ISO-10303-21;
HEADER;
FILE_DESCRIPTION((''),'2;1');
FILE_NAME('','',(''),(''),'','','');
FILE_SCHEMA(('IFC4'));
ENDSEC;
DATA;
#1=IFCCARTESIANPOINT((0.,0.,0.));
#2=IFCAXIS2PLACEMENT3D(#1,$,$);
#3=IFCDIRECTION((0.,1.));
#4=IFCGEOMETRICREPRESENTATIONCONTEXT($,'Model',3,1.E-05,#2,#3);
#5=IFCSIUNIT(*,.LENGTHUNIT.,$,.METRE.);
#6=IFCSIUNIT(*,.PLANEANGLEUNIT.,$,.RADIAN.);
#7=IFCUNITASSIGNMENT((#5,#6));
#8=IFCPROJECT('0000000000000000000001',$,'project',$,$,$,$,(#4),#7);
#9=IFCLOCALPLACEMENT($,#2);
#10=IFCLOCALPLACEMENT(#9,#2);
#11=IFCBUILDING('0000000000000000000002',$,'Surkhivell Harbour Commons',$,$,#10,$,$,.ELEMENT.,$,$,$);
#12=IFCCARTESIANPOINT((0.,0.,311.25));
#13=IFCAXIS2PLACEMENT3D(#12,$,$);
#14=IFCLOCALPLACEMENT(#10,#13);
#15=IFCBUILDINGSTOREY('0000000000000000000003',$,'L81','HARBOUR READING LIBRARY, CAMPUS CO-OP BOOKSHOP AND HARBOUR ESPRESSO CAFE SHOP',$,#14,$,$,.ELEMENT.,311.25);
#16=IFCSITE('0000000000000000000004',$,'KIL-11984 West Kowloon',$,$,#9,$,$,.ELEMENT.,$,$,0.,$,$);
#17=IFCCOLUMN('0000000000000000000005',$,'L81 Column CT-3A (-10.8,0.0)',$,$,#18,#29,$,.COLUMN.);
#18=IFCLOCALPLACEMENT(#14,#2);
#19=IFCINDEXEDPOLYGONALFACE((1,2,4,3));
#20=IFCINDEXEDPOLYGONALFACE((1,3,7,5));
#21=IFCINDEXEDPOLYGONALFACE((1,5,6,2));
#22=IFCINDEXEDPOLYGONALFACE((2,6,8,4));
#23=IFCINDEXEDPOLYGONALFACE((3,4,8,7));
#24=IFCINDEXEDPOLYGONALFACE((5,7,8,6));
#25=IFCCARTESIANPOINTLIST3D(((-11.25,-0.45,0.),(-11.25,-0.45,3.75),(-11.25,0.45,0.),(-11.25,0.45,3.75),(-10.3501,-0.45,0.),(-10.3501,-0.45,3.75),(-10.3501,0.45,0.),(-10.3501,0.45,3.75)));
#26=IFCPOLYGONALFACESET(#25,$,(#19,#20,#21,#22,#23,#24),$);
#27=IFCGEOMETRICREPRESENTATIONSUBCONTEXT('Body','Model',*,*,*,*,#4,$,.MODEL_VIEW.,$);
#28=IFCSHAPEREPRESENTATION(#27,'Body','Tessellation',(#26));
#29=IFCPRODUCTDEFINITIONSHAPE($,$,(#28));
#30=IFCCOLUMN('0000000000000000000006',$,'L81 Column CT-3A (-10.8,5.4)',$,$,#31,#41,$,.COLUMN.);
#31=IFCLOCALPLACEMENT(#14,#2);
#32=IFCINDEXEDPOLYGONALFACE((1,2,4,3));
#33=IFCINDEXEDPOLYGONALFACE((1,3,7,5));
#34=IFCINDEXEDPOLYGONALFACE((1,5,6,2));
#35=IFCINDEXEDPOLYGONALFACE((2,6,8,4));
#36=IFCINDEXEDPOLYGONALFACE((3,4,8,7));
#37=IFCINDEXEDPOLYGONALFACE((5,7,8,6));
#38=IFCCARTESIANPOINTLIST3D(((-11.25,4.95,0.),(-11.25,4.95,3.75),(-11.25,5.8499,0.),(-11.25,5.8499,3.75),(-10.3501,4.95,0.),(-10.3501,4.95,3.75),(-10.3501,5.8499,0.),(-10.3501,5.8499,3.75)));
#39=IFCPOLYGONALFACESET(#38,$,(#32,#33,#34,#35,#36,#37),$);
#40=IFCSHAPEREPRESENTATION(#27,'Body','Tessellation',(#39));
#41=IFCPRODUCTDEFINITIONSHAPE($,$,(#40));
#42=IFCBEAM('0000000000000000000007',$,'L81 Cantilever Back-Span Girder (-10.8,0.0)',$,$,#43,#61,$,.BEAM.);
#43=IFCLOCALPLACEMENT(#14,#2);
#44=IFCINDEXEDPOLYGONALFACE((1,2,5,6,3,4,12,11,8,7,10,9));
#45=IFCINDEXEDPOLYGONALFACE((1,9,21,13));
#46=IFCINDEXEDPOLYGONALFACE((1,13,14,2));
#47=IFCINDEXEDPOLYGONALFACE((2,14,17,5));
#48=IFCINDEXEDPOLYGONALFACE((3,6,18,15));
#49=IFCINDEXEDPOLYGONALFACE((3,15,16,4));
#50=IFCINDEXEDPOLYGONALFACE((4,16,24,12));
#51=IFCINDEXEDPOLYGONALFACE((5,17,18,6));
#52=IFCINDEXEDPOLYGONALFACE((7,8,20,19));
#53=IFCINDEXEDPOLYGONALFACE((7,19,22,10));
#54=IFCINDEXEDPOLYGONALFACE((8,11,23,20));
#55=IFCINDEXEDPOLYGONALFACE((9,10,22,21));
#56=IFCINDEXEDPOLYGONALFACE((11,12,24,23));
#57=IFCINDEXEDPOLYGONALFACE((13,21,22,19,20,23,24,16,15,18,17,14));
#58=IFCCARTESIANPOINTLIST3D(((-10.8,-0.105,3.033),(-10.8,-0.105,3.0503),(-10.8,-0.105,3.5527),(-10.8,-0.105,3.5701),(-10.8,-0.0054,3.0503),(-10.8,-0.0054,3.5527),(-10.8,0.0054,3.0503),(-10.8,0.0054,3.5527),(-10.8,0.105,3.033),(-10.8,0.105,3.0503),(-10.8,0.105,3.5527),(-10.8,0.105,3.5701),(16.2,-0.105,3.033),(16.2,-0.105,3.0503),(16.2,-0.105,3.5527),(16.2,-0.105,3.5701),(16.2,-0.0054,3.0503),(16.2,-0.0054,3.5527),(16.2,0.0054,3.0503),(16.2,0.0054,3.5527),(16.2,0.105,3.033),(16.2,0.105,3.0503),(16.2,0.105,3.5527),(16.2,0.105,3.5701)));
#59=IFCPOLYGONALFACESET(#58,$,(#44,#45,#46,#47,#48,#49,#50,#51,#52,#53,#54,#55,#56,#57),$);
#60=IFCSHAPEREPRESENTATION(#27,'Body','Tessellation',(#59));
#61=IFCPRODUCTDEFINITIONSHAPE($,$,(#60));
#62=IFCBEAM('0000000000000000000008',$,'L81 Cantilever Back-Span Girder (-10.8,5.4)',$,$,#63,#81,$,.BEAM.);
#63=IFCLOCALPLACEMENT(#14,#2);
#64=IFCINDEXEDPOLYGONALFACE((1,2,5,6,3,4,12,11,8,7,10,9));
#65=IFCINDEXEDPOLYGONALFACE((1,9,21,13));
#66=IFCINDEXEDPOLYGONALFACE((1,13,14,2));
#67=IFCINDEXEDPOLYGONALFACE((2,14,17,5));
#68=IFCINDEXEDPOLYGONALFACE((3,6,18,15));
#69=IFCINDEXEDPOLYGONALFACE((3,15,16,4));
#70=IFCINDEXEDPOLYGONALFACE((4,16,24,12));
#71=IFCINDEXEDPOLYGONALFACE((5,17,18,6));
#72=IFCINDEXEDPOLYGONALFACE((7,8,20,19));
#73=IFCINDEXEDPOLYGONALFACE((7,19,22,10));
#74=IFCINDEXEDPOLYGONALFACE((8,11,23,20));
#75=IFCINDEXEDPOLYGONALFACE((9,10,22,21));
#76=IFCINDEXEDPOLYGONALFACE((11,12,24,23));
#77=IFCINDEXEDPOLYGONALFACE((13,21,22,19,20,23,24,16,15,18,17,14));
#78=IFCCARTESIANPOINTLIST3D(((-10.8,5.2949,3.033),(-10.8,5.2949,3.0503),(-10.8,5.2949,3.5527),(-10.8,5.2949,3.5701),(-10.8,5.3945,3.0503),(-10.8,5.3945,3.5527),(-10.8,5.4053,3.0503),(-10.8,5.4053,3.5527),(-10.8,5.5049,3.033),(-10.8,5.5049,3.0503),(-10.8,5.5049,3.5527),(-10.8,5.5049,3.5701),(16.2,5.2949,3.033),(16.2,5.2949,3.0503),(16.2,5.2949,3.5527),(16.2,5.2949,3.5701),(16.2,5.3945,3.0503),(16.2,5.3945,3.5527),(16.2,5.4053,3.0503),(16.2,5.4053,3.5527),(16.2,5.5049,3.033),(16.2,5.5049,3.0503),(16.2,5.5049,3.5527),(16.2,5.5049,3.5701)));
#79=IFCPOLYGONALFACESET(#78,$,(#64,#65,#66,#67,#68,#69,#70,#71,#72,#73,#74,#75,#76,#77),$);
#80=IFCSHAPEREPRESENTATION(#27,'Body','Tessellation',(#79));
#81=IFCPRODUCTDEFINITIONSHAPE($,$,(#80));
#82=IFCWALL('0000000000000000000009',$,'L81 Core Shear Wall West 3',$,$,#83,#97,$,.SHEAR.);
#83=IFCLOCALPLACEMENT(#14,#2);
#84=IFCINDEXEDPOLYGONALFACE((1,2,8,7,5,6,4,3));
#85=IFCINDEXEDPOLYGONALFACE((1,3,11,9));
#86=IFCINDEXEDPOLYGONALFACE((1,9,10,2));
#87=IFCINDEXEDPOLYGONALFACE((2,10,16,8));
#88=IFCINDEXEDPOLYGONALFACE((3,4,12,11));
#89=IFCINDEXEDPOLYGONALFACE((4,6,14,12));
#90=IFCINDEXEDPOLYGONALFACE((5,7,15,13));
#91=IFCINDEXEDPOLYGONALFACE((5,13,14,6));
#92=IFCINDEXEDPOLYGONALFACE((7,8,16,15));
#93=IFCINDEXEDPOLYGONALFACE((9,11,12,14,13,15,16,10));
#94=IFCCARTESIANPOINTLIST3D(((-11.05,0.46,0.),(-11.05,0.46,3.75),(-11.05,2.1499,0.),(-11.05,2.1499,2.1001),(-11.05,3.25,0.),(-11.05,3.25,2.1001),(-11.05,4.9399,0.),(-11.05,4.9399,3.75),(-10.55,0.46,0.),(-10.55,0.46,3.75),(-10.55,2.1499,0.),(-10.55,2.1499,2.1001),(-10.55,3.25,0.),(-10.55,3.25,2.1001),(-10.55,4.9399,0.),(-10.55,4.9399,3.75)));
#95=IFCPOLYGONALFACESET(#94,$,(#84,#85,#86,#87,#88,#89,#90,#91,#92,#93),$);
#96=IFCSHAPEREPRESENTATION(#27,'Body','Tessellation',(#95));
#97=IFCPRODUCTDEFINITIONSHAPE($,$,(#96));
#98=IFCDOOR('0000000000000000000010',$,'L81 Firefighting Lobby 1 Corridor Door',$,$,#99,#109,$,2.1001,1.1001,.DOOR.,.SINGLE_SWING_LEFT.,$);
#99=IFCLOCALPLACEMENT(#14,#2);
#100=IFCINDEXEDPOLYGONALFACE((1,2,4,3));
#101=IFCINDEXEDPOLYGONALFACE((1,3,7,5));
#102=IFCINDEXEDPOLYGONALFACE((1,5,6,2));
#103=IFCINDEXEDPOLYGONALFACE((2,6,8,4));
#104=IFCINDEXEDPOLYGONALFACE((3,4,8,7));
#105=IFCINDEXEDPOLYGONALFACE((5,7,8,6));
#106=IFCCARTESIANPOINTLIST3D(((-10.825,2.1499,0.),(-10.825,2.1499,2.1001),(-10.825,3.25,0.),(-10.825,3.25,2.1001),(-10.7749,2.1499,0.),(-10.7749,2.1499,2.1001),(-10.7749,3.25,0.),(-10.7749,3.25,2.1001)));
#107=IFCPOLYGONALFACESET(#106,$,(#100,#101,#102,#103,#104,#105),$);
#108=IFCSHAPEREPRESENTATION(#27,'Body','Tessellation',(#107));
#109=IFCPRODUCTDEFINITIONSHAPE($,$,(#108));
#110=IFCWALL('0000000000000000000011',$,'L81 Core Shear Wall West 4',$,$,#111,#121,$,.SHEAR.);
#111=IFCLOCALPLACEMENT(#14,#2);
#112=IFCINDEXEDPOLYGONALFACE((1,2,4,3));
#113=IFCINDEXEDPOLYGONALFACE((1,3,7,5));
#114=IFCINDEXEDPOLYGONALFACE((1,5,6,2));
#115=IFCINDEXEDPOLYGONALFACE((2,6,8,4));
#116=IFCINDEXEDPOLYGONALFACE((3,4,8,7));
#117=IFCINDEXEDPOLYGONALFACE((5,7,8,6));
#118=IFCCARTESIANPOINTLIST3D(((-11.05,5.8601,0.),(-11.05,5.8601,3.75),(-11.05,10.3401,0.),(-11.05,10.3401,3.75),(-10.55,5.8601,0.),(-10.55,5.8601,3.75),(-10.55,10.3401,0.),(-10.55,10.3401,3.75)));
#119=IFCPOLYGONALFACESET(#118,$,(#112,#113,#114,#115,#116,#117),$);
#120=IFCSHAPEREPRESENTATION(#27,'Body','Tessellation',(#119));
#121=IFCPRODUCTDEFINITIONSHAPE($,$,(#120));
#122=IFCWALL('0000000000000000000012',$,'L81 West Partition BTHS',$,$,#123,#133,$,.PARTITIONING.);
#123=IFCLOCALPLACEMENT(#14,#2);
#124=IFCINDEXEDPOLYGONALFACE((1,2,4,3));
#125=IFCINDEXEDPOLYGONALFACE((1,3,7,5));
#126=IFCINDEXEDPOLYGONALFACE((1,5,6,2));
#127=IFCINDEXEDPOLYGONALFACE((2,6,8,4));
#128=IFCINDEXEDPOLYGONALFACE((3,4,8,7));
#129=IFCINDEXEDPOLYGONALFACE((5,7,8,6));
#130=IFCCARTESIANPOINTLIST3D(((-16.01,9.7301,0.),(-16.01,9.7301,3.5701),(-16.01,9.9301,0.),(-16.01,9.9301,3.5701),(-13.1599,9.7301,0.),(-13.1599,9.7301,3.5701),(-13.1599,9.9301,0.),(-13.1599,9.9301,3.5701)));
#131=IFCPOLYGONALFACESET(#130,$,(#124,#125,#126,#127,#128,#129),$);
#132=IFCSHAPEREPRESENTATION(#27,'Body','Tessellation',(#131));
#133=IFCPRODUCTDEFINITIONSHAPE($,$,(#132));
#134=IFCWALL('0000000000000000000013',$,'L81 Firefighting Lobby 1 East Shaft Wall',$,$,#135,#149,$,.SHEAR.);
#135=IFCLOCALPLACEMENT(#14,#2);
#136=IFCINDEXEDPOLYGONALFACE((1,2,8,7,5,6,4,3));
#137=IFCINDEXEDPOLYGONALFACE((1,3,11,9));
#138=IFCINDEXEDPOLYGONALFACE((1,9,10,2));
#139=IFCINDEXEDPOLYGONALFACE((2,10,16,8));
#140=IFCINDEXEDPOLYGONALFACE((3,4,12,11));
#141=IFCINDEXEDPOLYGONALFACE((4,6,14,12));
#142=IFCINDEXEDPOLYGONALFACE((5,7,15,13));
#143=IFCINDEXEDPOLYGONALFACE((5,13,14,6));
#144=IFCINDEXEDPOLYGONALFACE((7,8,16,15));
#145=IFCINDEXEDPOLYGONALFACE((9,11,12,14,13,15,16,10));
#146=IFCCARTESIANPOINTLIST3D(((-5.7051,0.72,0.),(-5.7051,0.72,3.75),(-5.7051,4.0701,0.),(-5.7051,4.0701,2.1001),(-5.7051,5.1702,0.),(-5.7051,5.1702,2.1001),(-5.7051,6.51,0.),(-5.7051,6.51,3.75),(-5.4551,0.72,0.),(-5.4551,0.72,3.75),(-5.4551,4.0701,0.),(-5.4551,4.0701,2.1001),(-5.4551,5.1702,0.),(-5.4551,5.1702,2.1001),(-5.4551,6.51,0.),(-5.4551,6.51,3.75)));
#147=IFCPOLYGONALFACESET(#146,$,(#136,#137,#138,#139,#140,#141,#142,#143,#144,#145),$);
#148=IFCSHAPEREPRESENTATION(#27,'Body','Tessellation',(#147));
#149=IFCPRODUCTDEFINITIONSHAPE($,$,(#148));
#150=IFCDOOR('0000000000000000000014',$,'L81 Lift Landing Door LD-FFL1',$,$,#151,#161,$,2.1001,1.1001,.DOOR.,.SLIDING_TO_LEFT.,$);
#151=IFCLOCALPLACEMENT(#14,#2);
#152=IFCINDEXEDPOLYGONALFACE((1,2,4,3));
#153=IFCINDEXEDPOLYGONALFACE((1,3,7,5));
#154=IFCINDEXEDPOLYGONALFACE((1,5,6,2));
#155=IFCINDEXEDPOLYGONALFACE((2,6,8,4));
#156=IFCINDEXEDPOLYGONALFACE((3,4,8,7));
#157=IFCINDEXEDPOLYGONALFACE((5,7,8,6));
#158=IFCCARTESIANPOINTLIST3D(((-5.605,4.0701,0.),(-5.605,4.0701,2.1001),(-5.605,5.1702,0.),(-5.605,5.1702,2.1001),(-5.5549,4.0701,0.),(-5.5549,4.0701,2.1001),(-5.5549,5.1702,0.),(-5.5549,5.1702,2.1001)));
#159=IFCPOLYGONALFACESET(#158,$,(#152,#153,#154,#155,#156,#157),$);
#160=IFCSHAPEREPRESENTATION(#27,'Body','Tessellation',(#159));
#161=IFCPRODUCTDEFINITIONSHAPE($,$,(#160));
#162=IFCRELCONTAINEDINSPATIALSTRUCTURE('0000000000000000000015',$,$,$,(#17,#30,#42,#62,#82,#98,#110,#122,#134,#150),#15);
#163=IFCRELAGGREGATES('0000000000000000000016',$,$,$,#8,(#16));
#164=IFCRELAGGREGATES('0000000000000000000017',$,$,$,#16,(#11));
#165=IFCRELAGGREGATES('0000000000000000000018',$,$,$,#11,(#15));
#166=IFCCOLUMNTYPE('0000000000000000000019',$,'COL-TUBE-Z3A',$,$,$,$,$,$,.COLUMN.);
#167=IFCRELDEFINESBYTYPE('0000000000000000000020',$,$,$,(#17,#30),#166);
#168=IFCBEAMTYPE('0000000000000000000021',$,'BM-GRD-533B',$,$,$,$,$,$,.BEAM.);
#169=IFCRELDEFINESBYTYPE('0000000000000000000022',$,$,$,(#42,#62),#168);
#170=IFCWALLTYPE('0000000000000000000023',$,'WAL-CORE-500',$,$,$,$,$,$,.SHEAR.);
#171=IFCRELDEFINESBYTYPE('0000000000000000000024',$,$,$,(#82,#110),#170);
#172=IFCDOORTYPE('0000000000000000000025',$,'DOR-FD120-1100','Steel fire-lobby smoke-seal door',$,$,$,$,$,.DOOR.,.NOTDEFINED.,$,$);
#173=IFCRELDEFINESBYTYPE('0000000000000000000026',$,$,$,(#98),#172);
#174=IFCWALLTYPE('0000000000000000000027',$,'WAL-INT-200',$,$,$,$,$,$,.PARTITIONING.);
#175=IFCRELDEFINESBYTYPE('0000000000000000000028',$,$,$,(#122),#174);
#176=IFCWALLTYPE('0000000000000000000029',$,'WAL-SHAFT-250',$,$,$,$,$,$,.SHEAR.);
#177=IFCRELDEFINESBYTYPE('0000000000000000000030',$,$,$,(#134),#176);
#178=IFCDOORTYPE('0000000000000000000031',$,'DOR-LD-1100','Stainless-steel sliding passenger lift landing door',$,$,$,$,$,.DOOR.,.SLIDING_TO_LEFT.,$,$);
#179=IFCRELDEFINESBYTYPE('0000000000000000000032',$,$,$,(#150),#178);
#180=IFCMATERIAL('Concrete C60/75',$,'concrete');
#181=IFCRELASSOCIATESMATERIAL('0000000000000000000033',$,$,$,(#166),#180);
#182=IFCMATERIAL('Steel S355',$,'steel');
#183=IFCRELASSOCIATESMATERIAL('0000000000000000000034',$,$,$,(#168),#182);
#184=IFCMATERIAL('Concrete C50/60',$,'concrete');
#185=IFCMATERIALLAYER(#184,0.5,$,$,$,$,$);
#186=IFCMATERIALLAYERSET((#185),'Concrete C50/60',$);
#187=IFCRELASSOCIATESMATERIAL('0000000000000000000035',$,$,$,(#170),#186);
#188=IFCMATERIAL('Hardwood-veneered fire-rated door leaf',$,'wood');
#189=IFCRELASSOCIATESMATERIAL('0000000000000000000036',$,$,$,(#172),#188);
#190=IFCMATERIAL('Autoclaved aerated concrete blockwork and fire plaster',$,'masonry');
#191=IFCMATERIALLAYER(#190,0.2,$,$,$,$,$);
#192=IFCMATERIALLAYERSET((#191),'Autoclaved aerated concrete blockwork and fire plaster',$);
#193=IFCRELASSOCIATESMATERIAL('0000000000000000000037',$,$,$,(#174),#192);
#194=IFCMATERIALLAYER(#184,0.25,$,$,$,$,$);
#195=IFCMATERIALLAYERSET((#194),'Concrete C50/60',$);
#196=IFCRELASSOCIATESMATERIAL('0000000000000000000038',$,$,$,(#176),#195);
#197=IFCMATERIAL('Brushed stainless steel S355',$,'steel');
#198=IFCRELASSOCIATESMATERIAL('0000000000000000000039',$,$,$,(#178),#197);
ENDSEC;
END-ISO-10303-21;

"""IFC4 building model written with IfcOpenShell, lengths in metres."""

from ifc_helpers import new_model, si_unit, direction, frame, frame_2d, origin, origin_2d, place, context, subcontext, project, spatial, rectangle, i_section, extrude, material, layer, layer_set, material_profile, profile_set, type_object, element, fill, save


model = new_model("IFC4")

# Units and contexts
model_context = context("Model", 3, precision=1e-05, world=origin(), true_north=direction((0.0, 1.0)))
body_context = subcontext(model_context, "Body", "Model", "MODEL_VIEW")
ifc_project = project(units=[si_unit("LENGTHUNIT", "METRE"), si_unit("PLANEANGLEUNIT", "RADIAN")], contexts=[model_context])

# Site, building, storey
site_placement = place(None, origin())
site = spatial("IfcSite", under=ifc_project, at=site_placement, Name="KIL-11984 West Kowloon", CompositionType="ELEMENT", RefElevation=0.0)
building_placement = place(site_placement, origin())
building = spatial("IfcBuilding", under=site, at=building_placement, Name="Surkhivell Harbour Commons", CompositionType="ELEMENT")
storey_placement = place(building_placement, frame((0.0, 0.0, 311.25)))
storey = spatial("IfcBuildingStorey", under=building, at=storey_placement, Name="L81", Description="HARBOUR READING LIBRARY, CAMPUS CO-OP BOOKSHOP AND HARBOUR ESPRESSO CAFE SHOP", CompositionType="ELEMENT", Elevation=311.25)

# Columns
ifc_material_1 = material(Name="Concrete C60/75", Category="concrete")
ifc_material_profile_1 = material_profile(ifc_material_1, rectangle(XDim=0.8999, YDim=0.8999, at=origin_2d()), Name="RC-COL-900x900")
ifc_profile_set_1 = profile_set([ifc_material_profile_1], Name="Concrete C60/75")
column_type = type_object("IfcColumnType", Name="COL-TUBE-Z3A", PredefinedType="COLUMN", material=ifc_profile_set_1)
for number, where, z_axis, x_axis, name in (
    (1, (-10.8, 0.0, 0.0), (0.0, 0.0, 1.0), (1.0, 0.0, 0.0), "L81 Column CT-3A (-10.8,0.0)"),
    (2, (-10.8, 5.3999, 0.0), (0.0, 0.0, 1.0), (1.0, 0.0, 0.0), "L81 Column CT-3A (-10.8,5.4)"),
):
    element("IfcColumn", number, at=place(storey_placement, frame(where, z_axis=z_axis, x_axis=x_axis)), inside=storey, type_object=column_type, Name=name, PredefinedType="COLUMN", context=body_context, shape_type="SweptSolid", body=[
        extrude(rectangle(XDim=0.8999, YDim=0.8999, at=origin_2d()), origin(), (0.0, 0.0, 1.0), 3.75),
    ])

# Beams
ifc_material_2 = material(Name="Steel S355", Category="steel")
ifc_material_profile_2 = material_profile(ifc_material_2, i_section(OverallWidth=0.21, OverallDepth=0.5371, WebThickness=0.0107, FlangeThickness=0.0173, at=origin_2d()), Name="UB533x210x101")
ifc_profile_set_2 = profile_set([ifc_material_profile_2], Name="Steel S355")
beam_type = type_object("IfcBeamType", Name="BM-GRD-533B", PredefinedType="BEAM", material=ifc_profile_set_2)
for number, where, z_axis, x_axis, name in (
    (3, (-10.8, 0.0, 3.3015), (1.0, 0.0, 0.0), (0.0, 1.0, 0.0), "L81 Cantilever Back-Span Girder (-10.8,0.0)"),
    (4, (-10.8, 5.3999, 3.3015), (1.0, 0.0, 0.0), (0.0, 1.0, 0.0), "L81 Cantilever Back-Span Girder (-10.8,5.4)"),
):
    element("IfcBeam", number, at=place(storey_placement, frame(where, z_axis=z_axis, x_axis=x_axis)), inside=storey, type_object=beam_type, Name=name, PredefinedType="BEAM", context=body_context, shape_type="SweptSolid", body=[
        extrude(i_section(OverallWidth=0.21, OverallDepth=0.5371, WebThickness=0.0107, FlangeThickness=0.0173, at=origin_2d()), origin(), (0.0, 0.0, 1.0), 27.0),
    ])

# Wall, opening, door
ifc_material_3 = material(Name="Concrete C50/60", Category="concrete")
ifc_layer_1 = layer(ifc_material_3, 0.5)
ifc_layer_set_1 = layer_set([ifc_layer_1], Name="Concrete C50/60")
wall_type_1 = type_object("IfcWallType", Name="WAL-CORE-500", PredefinedType="SHEAR", material=ifc_layer_set_1)
wall_1_placement = place(storey_placement, frame((-10.8, 0.46, 0.0), z_axis=(0.0, 0.0, 1.0), x_axis=(0.0, 1.0, 0.0)))
wall_1 = element("IfcWall", 5, at=wall_1_placement, inside=storey, type_object=wall_type_1, Name="L81 Core Shear Wall West 3", PredefinedType="SHEAR", context=body_context, shape_type="SweptSolid", body=[
    extrude(rectangle(XDim=4.48, YDim=0.5, at=frame_2d((2.24, 0.0))), origin(), (0.0, 0.0, 1.0), 3.75),
])
opening_1_placement = place(wall_1_placement, frame((1.6899, 0.0, 0.0)))
opening_1 = element("IfcOpeningElement", 6, at=opening_1_placement, cuts=wall_1, PredefinedType="OPENING", context=body_context, shape_type="SweptSolid", body=[
    extrude(rectangle(XDim=1.1001, YDim=2.1001, at=frame_2d((0.55, 1.05))), frame((0.0, 0.26, 0.0), z_axis=(0.0, -1.0, 0.0), x_axis=(1.0, 0.0, 0.0)), (0.0, 0.0, 1.0), 0.52),
])
ifc_material_4 = material(Name="Hardwood-veneered fire-rated door leaf", Category="wood")
door_type_1 = type_object("IfcDoorType", Name="DOR-FD120-1100", Description="Steel fire-lobby smoke-seal door", OperationType="NOTDEFINED", PredefinedType="DOOR", material=ifc_material_4)
door_1_placement = place(opening_1_placement, origin())
door_1 = element("IfcDoor", 7, at=door_1_placement, inside=storey, type_object=door_type_1, Name="L81 Firefighting Lobby 1 Corridor Door", OperationType="SINGLE_SWING_LEFT", OverallHeight=2.1001, OverallWidth=1.1001, PredefinedType="DOOR", context=body_context, shape_type="SweptSolid", body=[
    extrude(rectangle(XDim=1.1001, YDim=2.1001, at=frame_2d((0.55, 1.05))), frame((0.0, 0.0249, 0.0), z_axis=(0.0, -1.0, 0.0), x_axis=(1.0, 0.0, 0.0)), (0.0, 0.0, 1.0), 0.05),
])
fill(opening_1, door_1)

# Walls
wall_2_placement = place(storey_placement, frame((-10.8, 5.8601, 0.0), z_axis=(0.0, 0.0, 1.0), x_axis=(0.0, 1.0, 0.0)))
element("IfcWall", 8, at=wall_2_placement, inside=storey, type_object=wall_type_1, Name="L81 Core Shear Wall West 4", PredefinedType="SHEAR", context=body_context, shape_type="SweptSolid", body=[
    extrude(rectangle(XDim=4.48, YDim=0.5, at=frame_2d((2.24, 0.0))), origin(), (0.0, 0.0, 1.0), 3.75),
])
ifc_material_5 = material(Name="Autoclaved aerated concrete blockwork and fire plaster", Category="masonry")
ifc_layer_2 = layer(ifc_material_5, 0.2)
ifc_layer_set_2 = layer_set([ifc_layer_2], Name="Autoclaved aerated concrete blockwork and fire plaster")
wall_type_2 = type_object("IfcWallType", Name="WAL-INT-200", PredefinedType="PARTITIONING", material=ifc_layer_set_2)
wall_3_placement = place(storey_placement, frame((-16.01, 9.8301, 0.0), z_axis=(0.0, 0.0, 1.0), x_axis=(1.0, 0.0, 0.0)))
element("IfcWall", 9, at=wall_3_placement, inside=storey, type_object=wall_type_2, Name="L81 West Partition BTHS", PredefinedType="PARTITIONING", context=body_context, shape_type="SweptSolid", body=[
    extrude(rectangle(XDim=2.8501, YDim=0.2, at=frame_2d((1.425, 0.0))), origin(), (0.0, 0.0, 1.0), 3.5701),
])

# Wall, opening, door
ifc_layer_3 = layer(ifc_material_3, 0.25)
ifc_layer_set_3 = layer_set([ifc_layer_3], Name="Concrete C50/60")
wall_type_3 = type_object("IfcWallType", Name="WAL-SHAFT-250", PredefinedType="SHEAR", material=ifc_layer_set_3)
wall_4_placement = place(storey_placement, frame((-5.5801, 0.72, 0.0), z_axis=(0.0, 0.0, 1.0), x_axis=(0.0, 1.0, 0.0)))
wall_4 = element("IfcWall", 10, at=wall_4_placement, inside=storey, type_object=wall_type_3, Name="L81 Firefighting Lobby 1 East Shaft Wall", PredefinedType="SHEAR", context=body_context, shape_type="SweptSolid", body=[
    extrude(rectangle(XDim=5.79, YDim=0.25, at=frame_2d((2.895, 0.0))), origin(), (0.0, 0.0, 1.0), 3.75),
])
opening_2_placement = place(wall_4_placement, frame((3.3501, 0.0, 0.0)))
opening_2 = element("IfcOpeningElement", 11, at=opening_2_placement, cuts=wall_4, PredefinedType="OPENING", context=body_context, shape_type="SweptSolid", body=[
    extrude(rectangle(XDim=1.1001, YDim=2.1001, at=frame_2d((0.55, 1.05))), frame((0.0, 0.135, 0.0), z_axis=(0.0, -1.0, 0.0), x_axis=(1.0, 0.0, 0.0)), (0.0, 0.0, 1.0), 0.27),
])
ifc_material_6 = material(Name="Brushed stainless steel S355", Category="steel")
door_type_2 = type_object("IfcDoorType", Name="DOR-LD-1100", Description="Stainless-steel sliding passenger lift landing door", OperationType="SLIDING_TO_LEFT", PredefinedType="DOOR", material=ifc_material_6)
door_2_placement = place(opening_2_placement, origin())
door_2 = element("IfcDoor", 12, at=door_2_placement, inside=storey, type_object=door_type_2, Name="L81 Lift Landing Door LD-FFL1", OperationType="SLIDING_TO_LEFT", OverallHeight=2.1001, OverallWidth=1.1001, PredefinedType="DOOR", context=body_context, shape_type="SweptSolid", body=[
    extrude(rectangle(XDim=1.1001, YDim=2.1001, at=frame_2d((0.55, 1.05))), frame((0.0, 0.0249, 0.0), z_axis=(0.0, -1.0, 0.0), x_axis=(1.0, 0.0, 0.0)), (0.0, 0.0, 1.0), 0.05),
])
fill(opening_2, door_2)

save(model, "model.ifc")
